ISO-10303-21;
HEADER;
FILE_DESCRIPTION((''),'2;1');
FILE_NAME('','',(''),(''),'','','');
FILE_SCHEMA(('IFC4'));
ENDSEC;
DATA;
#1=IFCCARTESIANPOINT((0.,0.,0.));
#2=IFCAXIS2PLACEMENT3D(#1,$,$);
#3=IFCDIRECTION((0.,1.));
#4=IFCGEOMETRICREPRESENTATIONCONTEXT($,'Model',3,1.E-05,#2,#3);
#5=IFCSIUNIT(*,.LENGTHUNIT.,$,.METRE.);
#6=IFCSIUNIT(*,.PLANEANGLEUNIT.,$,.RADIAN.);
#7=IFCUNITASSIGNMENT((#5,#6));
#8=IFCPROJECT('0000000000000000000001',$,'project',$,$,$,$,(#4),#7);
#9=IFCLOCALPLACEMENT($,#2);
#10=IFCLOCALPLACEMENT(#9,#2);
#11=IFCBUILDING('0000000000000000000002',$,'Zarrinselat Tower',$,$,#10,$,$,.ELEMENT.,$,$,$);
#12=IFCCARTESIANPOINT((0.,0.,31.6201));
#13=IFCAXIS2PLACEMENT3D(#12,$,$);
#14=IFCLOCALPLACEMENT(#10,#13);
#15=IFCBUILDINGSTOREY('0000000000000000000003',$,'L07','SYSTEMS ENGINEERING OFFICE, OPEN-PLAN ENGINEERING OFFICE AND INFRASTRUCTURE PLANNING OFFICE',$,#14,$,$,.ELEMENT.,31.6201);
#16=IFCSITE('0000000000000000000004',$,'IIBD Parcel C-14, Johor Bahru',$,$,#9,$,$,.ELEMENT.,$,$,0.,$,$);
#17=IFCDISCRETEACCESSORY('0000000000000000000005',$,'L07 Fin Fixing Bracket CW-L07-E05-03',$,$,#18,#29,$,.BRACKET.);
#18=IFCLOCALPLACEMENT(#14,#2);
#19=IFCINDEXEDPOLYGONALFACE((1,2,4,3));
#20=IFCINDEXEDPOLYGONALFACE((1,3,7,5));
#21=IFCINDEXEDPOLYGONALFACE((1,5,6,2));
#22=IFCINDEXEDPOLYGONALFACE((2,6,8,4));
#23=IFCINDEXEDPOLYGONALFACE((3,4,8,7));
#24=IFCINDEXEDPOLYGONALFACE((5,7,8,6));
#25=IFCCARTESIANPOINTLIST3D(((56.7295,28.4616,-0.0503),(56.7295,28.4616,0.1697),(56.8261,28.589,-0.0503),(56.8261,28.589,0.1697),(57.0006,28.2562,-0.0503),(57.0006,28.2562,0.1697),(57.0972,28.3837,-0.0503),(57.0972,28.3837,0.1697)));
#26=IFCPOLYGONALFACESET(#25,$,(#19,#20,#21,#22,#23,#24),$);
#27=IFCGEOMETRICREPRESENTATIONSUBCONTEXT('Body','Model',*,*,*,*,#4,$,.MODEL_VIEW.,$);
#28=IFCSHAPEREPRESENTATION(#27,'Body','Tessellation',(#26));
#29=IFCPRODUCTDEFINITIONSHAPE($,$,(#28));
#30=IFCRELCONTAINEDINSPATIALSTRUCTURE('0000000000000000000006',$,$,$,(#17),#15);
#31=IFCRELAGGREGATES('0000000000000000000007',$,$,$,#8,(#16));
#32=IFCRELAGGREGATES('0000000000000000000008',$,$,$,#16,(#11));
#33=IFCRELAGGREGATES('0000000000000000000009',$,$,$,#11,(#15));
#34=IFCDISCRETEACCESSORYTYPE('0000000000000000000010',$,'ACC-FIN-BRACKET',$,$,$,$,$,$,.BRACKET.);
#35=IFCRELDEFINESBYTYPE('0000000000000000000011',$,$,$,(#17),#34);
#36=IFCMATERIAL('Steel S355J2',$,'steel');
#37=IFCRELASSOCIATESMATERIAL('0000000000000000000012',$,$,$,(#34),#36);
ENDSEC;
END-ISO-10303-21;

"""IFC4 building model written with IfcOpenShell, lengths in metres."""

from ifc_helpers import new_model, si_unit, direction, frame, origin, origin_2d, place, context, subcontext, project, spatial, rectangle, extrude, material, type_object, element, save


model = new_model("IFC4")

# Units and contexts
model_context = context("Model", 3, precision=1e-05, world=origin(), true_north=direction((0.0, 1.0)))
body_context = subcontext(model_context, "Body", "Model", "MODEL_VIEW")
ifc_project = project(units=[si_unit("LENGTHUNIT", "METRE"), si_unit("PLANEANGLEUNIT", "RADIAN")], contexts=[model_context])

# Site, building, storey
site_placement = place(None, origin())
site = spatial("IfcSite", under=ifc_project, at=site_placement, Name="IIBD Parcel C-14, Johor Bahru", CompositionType="ELEMENT", RefElevation=0.0)
building_placement = place(site_placement, origin())
building = spatial("IfcBuilding", under=site, at=building_placement, Name="Zarrinselat Tower", CompositionType="ELEMENT")
storey_placement = place(building_placement, frame((0.0, 0.0, 31.6201)))
storey = spatial("IfcBuildingStorey", under=building, at=storey_placement, Name="L07", Description="SYSTEMS ENGINEERING OFFICE, OPEN-PLAN ENGINEERING OFFICE AND INFRASTRUCTURE PLANNING OFFICE", CompositionType="ELEMENT", Elevation=31.6201)

# Discrete accessory
ifc_material_1 = material(Name="Steel S355J2", Category="steel")
discrete_accessory_type = type_object("IfcDiscreteAccessoryType", Name="ACC-FIN-BRACKET", PredefinedType="BRACKET", material=ifc_material_1)
discrete_accessory_placement = place(storey_placement, frame((56.9133, 28.4226, -0.0503), z_axis=(0.0, 0.0, 1.0), x_axis=(0.797092, -0.603858, 0.0)))
element("IfcDiscreteAccessory", 1, at=discrete_accessory_placement, inside=storey, type_object=discrete_accessory_type, Name="L07 Fin Fixing Bracket CW-L07-E05-03", PredefinedType="BRACKET", context=body_context, shape_type="SweptSolid", body=[
    extrude(rectangle(XDim=0.3401, YDim=0.1599, at=origin_2d()), origin(), (0.0, 0.0, 1.0), 0.22),
])

save(model, "model.ifc")
